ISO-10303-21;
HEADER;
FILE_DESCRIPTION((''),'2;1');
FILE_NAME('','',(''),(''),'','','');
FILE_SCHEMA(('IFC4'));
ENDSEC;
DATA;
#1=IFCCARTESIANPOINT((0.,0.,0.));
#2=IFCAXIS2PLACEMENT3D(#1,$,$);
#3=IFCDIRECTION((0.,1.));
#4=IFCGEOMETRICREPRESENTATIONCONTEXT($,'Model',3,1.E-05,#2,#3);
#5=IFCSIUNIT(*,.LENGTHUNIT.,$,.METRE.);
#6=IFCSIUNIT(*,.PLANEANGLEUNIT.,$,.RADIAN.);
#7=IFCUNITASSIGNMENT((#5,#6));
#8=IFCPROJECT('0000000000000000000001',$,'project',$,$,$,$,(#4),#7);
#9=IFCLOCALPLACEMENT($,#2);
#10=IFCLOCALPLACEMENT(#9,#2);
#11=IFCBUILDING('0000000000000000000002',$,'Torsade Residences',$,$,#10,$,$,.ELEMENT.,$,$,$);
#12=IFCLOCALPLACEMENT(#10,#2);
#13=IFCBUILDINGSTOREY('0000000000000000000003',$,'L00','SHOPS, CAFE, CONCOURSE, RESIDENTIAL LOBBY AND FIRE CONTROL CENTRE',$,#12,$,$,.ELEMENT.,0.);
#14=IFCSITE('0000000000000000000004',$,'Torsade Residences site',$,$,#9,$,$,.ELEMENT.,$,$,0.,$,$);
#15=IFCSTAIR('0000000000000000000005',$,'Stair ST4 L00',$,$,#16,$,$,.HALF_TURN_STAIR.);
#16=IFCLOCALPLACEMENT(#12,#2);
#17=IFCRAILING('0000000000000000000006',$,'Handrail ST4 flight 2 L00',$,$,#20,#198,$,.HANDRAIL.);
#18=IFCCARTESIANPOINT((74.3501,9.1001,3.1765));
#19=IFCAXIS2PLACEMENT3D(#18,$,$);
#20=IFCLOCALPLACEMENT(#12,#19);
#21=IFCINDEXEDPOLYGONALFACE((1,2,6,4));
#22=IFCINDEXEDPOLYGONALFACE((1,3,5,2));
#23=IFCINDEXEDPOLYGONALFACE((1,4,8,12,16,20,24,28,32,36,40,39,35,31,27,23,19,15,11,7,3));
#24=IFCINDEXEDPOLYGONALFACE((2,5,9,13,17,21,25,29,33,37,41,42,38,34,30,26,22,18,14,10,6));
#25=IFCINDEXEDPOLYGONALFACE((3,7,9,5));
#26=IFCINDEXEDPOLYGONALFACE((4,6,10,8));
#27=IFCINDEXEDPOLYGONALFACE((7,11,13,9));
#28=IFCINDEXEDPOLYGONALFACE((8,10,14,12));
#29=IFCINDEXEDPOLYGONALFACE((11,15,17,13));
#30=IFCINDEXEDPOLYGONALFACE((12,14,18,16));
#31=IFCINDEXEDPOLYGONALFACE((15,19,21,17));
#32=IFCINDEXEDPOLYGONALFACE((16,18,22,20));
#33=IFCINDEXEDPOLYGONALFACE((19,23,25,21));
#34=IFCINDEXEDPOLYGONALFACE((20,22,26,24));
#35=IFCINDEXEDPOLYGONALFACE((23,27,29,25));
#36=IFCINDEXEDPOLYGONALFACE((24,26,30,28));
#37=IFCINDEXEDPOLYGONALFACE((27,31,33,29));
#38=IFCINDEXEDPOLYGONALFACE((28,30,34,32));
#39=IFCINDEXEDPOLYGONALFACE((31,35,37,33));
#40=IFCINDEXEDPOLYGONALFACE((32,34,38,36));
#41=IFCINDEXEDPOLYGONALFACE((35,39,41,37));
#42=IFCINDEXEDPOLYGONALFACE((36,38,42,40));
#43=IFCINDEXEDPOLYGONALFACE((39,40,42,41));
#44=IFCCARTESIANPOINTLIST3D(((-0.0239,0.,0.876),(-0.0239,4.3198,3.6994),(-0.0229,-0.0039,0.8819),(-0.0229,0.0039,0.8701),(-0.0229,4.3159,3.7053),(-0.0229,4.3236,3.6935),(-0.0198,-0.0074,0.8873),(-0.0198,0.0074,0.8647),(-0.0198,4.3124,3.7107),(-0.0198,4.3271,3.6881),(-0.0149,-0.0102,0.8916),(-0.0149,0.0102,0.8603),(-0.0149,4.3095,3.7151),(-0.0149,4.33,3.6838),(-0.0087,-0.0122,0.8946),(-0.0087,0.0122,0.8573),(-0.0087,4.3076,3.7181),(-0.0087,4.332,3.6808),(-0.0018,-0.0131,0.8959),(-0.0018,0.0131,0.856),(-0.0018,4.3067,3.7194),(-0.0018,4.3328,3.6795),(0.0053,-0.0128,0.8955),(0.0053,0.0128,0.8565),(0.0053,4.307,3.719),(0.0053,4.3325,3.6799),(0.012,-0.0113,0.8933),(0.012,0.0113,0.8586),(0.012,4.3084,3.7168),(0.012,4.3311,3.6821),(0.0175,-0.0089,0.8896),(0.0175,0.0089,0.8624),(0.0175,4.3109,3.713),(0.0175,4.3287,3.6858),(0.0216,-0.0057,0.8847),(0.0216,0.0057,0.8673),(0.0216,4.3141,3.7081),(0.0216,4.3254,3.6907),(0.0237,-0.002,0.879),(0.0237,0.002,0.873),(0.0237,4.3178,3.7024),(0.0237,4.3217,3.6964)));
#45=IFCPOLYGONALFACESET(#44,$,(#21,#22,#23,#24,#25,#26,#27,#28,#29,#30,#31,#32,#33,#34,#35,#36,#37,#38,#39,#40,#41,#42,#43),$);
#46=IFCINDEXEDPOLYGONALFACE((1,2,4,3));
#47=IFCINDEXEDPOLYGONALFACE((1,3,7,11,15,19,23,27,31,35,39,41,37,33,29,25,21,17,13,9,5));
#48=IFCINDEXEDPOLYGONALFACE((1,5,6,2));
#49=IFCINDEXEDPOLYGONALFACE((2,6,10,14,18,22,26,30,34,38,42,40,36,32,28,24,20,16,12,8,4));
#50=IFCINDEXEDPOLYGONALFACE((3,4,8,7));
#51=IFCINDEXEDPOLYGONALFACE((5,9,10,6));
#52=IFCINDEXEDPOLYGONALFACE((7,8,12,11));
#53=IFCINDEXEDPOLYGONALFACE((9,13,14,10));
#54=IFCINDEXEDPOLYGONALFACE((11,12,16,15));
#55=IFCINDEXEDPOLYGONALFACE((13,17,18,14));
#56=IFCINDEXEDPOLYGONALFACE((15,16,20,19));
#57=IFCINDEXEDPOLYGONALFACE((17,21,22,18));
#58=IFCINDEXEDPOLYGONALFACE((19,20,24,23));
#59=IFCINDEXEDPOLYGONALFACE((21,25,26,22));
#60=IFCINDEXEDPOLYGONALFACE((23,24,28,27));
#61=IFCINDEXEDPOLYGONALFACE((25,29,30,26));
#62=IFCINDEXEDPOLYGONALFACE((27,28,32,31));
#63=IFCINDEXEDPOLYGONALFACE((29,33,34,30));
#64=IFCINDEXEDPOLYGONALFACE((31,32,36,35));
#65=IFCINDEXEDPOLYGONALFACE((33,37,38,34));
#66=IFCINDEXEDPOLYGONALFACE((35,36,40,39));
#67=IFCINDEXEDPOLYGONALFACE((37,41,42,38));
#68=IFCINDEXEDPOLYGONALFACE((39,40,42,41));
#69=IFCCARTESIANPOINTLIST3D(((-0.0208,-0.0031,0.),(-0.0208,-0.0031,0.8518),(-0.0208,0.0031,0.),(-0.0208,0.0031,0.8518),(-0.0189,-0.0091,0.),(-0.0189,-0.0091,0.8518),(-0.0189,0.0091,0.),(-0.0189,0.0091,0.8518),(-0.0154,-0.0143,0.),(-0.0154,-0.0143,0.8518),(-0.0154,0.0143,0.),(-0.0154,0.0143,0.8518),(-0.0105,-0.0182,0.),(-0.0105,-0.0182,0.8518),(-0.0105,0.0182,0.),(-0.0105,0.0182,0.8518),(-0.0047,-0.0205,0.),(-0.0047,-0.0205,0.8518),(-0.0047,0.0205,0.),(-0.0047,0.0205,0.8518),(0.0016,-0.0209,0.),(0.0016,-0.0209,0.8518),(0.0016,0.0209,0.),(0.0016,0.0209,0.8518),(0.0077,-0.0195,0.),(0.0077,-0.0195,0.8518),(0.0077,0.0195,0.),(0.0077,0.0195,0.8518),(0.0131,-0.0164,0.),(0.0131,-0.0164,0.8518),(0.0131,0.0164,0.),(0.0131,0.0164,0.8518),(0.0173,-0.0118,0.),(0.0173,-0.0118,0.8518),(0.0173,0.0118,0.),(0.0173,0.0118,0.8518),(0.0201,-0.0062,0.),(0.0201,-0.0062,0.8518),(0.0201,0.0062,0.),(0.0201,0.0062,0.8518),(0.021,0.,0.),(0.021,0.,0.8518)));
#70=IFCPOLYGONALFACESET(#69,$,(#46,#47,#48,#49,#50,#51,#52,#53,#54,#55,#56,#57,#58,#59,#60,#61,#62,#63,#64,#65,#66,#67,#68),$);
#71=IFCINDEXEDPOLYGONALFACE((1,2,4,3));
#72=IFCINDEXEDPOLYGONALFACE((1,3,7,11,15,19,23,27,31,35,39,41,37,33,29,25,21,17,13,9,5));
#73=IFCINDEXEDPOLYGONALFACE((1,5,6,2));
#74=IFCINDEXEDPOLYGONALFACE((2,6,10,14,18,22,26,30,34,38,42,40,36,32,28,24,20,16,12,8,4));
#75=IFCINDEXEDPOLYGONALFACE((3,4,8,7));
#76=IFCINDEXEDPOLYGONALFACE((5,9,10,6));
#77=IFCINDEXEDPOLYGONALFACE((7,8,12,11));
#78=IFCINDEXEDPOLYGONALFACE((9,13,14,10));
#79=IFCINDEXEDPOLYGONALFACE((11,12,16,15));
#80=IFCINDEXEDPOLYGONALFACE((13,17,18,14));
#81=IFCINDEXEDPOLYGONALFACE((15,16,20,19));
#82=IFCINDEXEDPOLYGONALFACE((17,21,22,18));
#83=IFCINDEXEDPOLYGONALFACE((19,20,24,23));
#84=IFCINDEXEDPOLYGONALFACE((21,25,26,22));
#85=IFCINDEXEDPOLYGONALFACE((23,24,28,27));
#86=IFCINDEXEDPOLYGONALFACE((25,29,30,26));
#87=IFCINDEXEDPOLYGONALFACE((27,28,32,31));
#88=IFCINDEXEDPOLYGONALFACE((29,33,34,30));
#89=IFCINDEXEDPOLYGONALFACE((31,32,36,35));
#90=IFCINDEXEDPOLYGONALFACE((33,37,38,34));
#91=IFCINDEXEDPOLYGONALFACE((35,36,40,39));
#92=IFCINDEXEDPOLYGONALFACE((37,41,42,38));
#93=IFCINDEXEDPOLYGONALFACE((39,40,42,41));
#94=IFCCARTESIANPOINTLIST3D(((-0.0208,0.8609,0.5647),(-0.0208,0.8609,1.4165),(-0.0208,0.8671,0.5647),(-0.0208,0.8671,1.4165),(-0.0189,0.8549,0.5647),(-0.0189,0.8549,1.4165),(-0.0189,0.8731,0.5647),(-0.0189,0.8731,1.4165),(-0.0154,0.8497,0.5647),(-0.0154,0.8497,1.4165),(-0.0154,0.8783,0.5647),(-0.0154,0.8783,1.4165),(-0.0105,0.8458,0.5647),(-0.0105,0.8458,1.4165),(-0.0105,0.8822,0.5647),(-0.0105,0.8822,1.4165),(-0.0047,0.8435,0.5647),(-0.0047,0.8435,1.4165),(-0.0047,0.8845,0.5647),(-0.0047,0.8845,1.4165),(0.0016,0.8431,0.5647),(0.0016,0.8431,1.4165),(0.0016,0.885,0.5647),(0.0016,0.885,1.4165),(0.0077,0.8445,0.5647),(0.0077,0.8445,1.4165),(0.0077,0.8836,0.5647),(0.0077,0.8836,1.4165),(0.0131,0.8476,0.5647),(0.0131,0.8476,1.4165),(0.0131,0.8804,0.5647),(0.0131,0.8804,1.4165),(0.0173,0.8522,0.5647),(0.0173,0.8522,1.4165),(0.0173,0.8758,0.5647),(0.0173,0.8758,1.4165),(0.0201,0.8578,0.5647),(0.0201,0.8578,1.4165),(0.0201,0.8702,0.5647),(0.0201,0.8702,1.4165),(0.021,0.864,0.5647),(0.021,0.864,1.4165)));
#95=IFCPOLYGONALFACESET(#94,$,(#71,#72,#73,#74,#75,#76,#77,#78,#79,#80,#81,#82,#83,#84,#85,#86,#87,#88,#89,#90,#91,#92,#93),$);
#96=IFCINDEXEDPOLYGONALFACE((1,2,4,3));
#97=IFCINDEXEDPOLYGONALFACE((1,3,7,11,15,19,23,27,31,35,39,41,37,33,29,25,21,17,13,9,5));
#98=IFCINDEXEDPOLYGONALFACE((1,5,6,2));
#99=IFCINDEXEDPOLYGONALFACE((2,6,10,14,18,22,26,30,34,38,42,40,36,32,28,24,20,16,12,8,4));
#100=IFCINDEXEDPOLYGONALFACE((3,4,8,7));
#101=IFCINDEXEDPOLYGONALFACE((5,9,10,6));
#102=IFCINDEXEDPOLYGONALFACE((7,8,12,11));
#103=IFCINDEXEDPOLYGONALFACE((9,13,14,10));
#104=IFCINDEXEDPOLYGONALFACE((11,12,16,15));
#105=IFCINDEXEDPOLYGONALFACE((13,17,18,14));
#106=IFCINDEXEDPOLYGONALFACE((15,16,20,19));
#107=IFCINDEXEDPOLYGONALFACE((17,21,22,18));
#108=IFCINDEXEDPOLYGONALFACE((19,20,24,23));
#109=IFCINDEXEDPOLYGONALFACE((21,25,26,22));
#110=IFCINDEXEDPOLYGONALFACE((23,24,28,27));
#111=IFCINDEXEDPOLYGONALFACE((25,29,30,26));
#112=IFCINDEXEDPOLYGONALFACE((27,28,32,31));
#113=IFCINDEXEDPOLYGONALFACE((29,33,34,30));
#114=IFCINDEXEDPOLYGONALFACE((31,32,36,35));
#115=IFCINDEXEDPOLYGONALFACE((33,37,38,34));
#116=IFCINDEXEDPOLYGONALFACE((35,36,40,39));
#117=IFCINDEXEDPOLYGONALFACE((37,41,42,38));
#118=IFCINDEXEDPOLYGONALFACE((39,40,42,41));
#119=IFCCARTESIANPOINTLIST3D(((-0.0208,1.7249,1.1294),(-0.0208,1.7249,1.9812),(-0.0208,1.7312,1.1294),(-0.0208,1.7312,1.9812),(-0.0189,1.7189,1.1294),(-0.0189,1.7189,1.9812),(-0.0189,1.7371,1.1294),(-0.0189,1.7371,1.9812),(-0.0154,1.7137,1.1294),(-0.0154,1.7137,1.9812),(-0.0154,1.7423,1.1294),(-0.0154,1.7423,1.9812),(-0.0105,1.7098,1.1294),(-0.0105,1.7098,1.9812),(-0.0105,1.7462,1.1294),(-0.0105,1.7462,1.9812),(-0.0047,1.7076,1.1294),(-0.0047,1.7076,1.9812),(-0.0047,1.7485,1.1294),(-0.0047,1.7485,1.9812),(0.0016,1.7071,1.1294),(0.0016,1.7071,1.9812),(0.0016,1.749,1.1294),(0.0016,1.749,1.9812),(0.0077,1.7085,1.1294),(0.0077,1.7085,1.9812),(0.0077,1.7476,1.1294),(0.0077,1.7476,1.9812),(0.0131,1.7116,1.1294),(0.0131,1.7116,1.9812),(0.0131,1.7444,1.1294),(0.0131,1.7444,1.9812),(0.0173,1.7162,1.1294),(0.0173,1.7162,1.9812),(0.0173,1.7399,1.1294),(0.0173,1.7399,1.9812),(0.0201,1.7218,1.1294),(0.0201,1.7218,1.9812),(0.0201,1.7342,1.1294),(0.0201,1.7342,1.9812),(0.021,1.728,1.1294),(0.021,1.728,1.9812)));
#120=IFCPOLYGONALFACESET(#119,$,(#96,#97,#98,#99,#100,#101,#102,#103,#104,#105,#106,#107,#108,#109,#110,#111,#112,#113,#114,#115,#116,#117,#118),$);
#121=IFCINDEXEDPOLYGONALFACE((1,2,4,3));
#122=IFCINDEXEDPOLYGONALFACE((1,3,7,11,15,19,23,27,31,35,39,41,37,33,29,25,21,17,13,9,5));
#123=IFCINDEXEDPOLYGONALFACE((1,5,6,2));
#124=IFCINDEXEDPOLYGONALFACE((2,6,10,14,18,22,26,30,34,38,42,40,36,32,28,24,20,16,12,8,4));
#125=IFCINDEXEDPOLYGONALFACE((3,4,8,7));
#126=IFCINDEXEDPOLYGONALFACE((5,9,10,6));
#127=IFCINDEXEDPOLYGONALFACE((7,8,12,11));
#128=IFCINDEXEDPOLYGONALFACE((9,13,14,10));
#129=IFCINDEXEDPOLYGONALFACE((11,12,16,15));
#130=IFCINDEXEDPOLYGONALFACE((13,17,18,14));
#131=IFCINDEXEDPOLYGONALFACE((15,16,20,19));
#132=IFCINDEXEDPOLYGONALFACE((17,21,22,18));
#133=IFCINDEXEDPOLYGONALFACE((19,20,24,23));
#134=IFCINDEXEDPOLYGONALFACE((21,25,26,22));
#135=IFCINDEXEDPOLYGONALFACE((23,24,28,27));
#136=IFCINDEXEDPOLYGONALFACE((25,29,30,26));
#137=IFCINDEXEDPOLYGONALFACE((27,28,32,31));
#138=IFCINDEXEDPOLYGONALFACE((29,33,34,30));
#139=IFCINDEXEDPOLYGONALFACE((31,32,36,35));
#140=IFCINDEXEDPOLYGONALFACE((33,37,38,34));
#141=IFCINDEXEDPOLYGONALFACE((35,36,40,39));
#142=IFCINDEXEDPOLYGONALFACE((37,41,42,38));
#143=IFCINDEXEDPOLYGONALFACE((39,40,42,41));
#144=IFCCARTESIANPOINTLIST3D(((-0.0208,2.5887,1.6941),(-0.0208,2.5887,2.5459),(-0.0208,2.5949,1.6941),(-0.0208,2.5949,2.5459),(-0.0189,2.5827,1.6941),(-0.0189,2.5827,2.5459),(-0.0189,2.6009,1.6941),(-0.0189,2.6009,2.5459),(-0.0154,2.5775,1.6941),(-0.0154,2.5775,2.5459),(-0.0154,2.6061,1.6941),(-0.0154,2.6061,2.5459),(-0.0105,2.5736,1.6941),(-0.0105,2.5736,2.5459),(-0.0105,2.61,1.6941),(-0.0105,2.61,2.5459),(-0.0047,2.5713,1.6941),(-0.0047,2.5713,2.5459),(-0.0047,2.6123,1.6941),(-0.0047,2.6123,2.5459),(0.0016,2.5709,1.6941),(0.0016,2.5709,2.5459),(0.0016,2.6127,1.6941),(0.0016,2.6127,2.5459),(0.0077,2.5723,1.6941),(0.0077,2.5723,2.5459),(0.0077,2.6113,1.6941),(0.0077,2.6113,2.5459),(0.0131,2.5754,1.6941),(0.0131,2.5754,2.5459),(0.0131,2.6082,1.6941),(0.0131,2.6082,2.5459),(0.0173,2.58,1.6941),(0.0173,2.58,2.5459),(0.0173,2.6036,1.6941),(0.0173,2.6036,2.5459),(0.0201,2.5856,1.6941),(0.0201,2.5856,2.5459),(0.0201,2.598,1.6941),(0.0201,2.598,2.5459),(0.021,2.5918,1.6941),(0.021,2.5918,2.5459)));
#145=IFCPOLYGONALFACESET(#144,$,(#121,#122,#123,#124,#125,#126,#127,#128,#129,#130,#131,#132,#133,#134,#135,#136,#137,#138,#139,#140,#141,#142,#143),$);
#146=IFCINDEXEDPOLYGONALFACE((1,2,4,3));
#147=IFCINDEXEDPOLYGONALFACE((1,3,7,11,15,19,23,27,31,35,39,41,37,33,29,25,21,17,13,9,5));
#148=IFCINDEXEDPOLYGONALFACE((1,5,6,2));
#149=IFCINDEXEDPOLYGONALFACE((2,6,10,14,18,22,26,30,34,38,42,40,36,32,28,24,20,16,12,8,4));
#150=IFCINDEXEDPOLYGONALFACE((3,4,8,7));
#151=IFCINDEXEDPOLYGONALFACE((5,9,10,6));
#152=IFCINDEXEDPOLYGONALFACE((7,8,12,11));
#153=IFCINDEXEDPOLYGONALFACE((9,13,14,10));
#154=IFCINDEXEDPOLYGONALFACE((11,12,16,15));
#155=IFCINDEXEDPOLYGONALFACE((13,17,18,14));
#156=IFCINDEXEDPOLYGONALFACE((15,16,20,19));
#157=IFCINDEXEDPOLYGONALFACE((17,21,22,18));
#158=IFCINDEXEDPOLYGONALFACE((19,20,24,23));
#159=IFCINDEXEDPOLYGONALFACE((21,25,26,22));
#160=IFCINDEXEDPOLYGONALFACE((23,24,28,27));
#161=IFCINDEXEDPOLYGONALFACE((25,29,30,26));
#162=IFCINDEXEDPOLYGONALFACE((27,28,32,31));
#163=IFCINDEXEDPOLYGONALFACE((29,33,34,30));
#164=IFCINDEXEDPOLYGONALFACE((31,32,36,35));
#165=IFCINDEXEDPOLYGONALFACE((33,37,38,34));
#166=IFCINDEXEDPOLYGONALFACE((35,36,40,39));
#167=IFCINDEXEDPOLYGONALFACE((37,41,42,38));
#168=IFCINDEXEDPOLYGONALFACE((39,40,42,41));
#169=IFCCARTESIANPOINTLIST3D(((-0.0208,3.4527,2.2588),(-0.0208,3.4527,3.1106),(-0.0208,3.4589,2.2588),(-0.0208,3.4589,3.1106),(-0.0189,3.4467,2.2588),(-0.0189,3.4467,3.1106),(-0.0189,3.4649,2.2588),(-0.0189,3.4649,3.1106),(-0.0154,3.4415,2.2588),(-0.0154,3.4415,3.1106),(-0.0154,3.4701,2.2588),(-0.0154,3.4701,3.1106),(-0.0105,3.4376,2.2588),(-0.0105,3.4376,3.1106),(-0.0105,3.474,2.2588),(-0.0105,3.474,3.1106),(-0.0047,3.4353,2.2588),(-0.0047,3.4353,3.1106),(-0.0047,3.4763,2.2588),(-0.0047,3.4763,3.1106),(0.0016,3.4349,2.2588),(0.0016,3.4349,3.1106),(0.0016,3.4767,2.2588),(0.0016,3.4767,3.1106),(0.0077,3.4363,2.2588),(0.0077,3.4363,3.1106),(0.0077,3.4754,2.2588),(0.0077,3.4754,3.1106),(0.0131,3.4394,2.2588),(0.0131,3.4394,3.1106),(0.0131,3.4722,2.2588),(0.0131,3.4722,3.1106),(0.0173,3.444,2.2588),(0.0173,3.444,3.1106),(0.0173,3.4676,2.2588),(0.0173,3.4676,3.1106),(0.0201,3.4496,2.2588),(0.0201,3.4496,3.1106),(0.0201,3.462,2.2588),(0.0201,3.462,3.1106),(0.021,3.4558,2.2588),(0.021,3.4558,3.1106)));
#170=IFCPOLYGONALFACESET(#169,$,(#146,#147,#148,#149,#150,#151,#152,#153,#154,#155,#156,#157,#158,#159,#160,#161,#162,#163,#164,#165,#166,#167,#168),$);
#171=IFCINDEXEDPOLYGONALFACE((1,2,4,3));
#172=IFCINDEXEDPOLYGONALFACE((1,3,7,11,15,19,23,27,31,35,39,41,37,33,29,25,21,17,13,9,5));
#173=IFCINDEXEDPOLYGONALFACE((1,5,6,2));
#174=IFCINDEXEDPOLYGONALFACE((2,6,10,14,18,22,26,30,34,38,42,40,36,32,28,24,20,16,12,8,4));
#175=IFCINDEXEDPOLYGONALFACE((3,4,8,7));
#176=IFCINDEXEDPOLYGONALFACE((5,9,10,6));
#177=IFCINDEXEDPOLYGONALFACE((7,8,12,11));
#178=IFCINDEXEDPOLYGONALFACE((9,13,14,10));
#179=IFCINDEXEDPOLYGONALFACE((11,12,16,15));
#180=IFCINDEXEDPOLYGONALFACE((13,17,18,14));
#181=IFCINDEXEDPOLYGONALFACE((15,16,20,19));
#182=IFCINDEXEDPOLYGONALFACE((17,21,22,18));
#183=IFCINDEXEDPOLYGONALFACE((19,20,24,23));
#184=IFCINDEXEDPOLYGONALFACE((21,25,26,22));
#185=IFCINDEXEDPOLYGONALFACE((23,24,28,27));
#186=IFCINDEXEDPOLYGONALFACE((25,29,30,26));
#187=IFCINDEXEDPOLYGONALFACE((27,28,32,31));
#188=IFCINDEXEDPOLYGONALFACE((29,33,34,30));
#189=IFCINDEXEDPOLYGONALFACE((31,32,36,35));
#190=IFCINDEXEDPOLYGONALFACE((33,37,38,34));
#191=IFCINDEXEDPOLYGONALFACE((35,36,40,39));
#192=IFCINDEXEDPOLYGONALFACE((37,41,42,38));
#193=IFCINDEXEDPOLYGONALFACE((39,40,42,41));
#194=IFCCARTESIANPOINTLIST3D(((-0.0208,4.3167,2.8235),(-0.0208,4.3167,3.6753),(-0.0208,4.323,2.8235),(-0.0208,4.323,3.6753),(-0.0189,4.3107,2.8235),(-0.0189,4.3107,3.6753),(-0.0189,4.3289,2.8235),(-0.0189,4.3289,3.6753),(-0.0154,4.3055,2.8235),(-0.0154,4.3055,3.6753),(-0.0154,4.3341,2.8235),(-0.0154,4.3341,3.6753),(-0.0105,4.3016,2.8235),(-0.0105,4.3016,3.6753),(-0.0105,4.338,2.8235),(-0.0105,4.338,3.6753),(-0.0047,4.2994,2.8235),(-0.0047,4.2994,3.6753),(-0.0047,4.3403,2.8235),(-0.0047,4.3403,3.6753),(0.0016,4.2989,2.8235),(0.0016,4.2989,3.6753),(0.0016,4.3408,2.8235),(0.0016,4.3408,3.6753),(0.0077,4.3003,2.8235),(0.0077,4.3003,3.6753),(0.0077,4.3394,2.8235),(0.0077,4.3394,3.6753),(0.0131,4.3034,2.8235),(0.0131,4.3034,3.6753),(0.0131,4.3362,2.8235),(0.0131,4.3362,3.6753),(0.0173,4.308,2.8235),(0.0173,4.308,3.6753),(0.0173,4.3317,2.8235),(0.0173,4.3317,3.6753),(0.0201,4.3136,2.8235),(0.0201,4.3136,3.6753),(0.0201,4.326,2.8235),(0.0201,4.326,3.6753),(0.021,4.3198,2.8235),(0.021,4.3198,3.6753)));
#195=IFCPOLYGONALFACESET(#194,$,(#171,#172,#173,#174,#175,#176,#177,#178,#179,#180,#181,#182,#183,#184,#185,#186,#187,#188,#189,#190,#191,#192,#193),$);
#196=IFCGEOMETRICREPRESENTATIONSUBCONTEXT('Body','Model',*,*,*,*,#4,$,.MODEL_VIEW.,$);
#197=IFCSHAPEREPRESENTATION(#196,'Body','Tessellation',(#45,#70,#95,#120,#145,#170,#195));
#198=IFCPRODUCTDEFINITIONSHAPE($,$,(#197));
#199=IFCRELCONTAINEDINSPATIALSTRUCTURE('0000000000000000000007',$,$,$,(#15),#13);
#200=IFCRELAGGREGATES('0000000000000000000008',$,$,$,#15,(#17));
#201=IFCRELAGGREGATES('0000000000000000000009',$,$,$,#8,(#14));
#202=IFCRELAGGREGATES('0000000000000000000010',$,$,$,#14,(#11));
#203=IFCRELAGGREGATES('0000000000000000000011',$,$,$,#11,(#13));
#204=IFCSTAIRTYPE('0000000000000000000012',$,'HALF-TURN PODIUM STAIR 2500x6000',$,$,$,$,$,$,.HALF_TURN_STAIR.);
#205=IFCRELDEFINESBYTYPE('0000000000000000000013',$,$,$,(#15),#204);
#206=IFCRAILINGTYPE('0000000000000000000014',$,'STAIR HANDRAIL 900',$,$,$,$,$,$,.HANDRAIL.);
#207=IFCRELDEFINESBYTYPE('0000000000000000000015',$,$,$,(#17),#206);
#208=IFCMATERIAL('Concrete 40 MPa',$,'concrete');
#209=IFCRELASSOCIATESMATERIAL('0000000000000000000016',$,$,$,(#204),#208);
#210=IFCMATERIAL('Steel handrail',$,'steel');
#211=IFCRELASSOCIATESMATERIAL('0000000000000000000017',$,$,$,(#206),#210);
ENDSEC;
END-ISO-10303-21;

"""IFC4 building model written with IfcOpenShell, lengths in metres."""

from ifc_helpers import new_model, si_unit, direction, frame, origin, origin_2d, place, context, subcontext, project, spatial, circle, extrude, material, type_object, element, aggregate, save


model = new_model("IFC4")

# Units and contexts
model_context = context("Model", 3, precision=1e-05, world=origin(), true_north=direction((0.0, 1.0)))
body_context = subcontext(model_context, "Body", "Model", "MODEL_VIEW")
ifc_project = project(units=[si_unit("LENGTHUNIT", "METRE"), si_unit("PLANEANGLEUNIT", "RADIAN")], contexts=[model_context])

# Site, building, storey
site_placement = place(None, origin())
site = spatial("IfcSite", under=ifc_project, at=site_placement, Name="Torsade Residences site", CompositionType="ELEMENT", RefElevation=0.0)
building_placement = place(site_placement, origin())
building = spatial("IfcBuilding", under=site, at=building_placement, Name="Torsade Residences", CompositionType="ELEMENT")
storey_placement = place(building_placement, origin())
storey = spatial("IfcBuildingStorey", under=building, at=storey_placement, Name="L00", Description="SHOPS, CAFE, CONCOURSE, RESIDENTIAL LOBBY AND FIRE CONTROL CENTRE", CompositionType="ELEMENT", Elevation=0.0)

# Stair, railing
ifc_material_1 = material(Name="Concrete 40 MPa", Category="concrete")
stair_type = type_object("IfcStairType", Name="HALF-TURN PODIUM STAIR 2500x6000", PredefinedType="HALF_TURN_STAIR", material=ifc_material_1)
stair_placement = place(storey_placement, origin())
stair = element("IfcStair", 1, at=stair_placement, inside=storey, type_object=stair_type, Name="Stair ST4 L00", PredefinedType="HALF_TURN_STAIR")
ifc_material_2 = material(Name="Steel handrail", Category="steel")
railing_type = type_object("IfcRailingType", Name="STAIR HANDRAIL 900", PredefinedType="HANDRAIL", material=ifc_material_2)
railing_1_placement = place(storey_placement, frame((74.3501, 9.1001, 3.1765)))
railing_1 = element("IfcRailing", 2, at=railing_1_placement, type_object=railing_type, Name="Handrail ST4 flight 2 L00", PredefinedType="HANDRAIL", context=body_context, shape_type="SweptSolid", body=[
    extrude(circle(Radius=0.0239, at=origin_2d()), frame((0.0, 0.0, 0.876), z_axis=(0.0, 0.83706, 0.547112), x_axis=(-1.0, 0.0, 0.0)), (0.0, 0.0, 1.0), 5.1606),
    extrude(circle(Radius=0.021, at=origin_2d()), origin(), (0.0, 0.0, 1.0), 0.8518),
    extrude(circle(Radius=0.021, at=origin_2d()), frame((0.0, 0.864, 0.5647)), (0.0, 0.0, 1.0), 0.8518),
    extrude(circle(Radius=0.021, at=origin_2d()), frame((0.0, 1.728, 1.1294)), (0.0, 0.0, 1.0), 0.8518),
    extrude(circle(Radius=0.021, at=origin_2d()), frame((0.0, 2.5918, 1.6941)), (0.0, 0.0, 1.0), 0.8518),
    extrude(circle(Radius=0.021, at=origin_2d()), frame((0.0, 3.4558, 2.2588)), (0.0, 0.0, 1.0), 0.8518),
    extrude(circle(Radius=0.021, at=origin_2d()), frame((0.0, 4.3198, 2.8235)), (0.0, 0.0, 1.0), 0.8518),
])
aggregate(stair, [railing_1])

save(model, "model.ifc")
